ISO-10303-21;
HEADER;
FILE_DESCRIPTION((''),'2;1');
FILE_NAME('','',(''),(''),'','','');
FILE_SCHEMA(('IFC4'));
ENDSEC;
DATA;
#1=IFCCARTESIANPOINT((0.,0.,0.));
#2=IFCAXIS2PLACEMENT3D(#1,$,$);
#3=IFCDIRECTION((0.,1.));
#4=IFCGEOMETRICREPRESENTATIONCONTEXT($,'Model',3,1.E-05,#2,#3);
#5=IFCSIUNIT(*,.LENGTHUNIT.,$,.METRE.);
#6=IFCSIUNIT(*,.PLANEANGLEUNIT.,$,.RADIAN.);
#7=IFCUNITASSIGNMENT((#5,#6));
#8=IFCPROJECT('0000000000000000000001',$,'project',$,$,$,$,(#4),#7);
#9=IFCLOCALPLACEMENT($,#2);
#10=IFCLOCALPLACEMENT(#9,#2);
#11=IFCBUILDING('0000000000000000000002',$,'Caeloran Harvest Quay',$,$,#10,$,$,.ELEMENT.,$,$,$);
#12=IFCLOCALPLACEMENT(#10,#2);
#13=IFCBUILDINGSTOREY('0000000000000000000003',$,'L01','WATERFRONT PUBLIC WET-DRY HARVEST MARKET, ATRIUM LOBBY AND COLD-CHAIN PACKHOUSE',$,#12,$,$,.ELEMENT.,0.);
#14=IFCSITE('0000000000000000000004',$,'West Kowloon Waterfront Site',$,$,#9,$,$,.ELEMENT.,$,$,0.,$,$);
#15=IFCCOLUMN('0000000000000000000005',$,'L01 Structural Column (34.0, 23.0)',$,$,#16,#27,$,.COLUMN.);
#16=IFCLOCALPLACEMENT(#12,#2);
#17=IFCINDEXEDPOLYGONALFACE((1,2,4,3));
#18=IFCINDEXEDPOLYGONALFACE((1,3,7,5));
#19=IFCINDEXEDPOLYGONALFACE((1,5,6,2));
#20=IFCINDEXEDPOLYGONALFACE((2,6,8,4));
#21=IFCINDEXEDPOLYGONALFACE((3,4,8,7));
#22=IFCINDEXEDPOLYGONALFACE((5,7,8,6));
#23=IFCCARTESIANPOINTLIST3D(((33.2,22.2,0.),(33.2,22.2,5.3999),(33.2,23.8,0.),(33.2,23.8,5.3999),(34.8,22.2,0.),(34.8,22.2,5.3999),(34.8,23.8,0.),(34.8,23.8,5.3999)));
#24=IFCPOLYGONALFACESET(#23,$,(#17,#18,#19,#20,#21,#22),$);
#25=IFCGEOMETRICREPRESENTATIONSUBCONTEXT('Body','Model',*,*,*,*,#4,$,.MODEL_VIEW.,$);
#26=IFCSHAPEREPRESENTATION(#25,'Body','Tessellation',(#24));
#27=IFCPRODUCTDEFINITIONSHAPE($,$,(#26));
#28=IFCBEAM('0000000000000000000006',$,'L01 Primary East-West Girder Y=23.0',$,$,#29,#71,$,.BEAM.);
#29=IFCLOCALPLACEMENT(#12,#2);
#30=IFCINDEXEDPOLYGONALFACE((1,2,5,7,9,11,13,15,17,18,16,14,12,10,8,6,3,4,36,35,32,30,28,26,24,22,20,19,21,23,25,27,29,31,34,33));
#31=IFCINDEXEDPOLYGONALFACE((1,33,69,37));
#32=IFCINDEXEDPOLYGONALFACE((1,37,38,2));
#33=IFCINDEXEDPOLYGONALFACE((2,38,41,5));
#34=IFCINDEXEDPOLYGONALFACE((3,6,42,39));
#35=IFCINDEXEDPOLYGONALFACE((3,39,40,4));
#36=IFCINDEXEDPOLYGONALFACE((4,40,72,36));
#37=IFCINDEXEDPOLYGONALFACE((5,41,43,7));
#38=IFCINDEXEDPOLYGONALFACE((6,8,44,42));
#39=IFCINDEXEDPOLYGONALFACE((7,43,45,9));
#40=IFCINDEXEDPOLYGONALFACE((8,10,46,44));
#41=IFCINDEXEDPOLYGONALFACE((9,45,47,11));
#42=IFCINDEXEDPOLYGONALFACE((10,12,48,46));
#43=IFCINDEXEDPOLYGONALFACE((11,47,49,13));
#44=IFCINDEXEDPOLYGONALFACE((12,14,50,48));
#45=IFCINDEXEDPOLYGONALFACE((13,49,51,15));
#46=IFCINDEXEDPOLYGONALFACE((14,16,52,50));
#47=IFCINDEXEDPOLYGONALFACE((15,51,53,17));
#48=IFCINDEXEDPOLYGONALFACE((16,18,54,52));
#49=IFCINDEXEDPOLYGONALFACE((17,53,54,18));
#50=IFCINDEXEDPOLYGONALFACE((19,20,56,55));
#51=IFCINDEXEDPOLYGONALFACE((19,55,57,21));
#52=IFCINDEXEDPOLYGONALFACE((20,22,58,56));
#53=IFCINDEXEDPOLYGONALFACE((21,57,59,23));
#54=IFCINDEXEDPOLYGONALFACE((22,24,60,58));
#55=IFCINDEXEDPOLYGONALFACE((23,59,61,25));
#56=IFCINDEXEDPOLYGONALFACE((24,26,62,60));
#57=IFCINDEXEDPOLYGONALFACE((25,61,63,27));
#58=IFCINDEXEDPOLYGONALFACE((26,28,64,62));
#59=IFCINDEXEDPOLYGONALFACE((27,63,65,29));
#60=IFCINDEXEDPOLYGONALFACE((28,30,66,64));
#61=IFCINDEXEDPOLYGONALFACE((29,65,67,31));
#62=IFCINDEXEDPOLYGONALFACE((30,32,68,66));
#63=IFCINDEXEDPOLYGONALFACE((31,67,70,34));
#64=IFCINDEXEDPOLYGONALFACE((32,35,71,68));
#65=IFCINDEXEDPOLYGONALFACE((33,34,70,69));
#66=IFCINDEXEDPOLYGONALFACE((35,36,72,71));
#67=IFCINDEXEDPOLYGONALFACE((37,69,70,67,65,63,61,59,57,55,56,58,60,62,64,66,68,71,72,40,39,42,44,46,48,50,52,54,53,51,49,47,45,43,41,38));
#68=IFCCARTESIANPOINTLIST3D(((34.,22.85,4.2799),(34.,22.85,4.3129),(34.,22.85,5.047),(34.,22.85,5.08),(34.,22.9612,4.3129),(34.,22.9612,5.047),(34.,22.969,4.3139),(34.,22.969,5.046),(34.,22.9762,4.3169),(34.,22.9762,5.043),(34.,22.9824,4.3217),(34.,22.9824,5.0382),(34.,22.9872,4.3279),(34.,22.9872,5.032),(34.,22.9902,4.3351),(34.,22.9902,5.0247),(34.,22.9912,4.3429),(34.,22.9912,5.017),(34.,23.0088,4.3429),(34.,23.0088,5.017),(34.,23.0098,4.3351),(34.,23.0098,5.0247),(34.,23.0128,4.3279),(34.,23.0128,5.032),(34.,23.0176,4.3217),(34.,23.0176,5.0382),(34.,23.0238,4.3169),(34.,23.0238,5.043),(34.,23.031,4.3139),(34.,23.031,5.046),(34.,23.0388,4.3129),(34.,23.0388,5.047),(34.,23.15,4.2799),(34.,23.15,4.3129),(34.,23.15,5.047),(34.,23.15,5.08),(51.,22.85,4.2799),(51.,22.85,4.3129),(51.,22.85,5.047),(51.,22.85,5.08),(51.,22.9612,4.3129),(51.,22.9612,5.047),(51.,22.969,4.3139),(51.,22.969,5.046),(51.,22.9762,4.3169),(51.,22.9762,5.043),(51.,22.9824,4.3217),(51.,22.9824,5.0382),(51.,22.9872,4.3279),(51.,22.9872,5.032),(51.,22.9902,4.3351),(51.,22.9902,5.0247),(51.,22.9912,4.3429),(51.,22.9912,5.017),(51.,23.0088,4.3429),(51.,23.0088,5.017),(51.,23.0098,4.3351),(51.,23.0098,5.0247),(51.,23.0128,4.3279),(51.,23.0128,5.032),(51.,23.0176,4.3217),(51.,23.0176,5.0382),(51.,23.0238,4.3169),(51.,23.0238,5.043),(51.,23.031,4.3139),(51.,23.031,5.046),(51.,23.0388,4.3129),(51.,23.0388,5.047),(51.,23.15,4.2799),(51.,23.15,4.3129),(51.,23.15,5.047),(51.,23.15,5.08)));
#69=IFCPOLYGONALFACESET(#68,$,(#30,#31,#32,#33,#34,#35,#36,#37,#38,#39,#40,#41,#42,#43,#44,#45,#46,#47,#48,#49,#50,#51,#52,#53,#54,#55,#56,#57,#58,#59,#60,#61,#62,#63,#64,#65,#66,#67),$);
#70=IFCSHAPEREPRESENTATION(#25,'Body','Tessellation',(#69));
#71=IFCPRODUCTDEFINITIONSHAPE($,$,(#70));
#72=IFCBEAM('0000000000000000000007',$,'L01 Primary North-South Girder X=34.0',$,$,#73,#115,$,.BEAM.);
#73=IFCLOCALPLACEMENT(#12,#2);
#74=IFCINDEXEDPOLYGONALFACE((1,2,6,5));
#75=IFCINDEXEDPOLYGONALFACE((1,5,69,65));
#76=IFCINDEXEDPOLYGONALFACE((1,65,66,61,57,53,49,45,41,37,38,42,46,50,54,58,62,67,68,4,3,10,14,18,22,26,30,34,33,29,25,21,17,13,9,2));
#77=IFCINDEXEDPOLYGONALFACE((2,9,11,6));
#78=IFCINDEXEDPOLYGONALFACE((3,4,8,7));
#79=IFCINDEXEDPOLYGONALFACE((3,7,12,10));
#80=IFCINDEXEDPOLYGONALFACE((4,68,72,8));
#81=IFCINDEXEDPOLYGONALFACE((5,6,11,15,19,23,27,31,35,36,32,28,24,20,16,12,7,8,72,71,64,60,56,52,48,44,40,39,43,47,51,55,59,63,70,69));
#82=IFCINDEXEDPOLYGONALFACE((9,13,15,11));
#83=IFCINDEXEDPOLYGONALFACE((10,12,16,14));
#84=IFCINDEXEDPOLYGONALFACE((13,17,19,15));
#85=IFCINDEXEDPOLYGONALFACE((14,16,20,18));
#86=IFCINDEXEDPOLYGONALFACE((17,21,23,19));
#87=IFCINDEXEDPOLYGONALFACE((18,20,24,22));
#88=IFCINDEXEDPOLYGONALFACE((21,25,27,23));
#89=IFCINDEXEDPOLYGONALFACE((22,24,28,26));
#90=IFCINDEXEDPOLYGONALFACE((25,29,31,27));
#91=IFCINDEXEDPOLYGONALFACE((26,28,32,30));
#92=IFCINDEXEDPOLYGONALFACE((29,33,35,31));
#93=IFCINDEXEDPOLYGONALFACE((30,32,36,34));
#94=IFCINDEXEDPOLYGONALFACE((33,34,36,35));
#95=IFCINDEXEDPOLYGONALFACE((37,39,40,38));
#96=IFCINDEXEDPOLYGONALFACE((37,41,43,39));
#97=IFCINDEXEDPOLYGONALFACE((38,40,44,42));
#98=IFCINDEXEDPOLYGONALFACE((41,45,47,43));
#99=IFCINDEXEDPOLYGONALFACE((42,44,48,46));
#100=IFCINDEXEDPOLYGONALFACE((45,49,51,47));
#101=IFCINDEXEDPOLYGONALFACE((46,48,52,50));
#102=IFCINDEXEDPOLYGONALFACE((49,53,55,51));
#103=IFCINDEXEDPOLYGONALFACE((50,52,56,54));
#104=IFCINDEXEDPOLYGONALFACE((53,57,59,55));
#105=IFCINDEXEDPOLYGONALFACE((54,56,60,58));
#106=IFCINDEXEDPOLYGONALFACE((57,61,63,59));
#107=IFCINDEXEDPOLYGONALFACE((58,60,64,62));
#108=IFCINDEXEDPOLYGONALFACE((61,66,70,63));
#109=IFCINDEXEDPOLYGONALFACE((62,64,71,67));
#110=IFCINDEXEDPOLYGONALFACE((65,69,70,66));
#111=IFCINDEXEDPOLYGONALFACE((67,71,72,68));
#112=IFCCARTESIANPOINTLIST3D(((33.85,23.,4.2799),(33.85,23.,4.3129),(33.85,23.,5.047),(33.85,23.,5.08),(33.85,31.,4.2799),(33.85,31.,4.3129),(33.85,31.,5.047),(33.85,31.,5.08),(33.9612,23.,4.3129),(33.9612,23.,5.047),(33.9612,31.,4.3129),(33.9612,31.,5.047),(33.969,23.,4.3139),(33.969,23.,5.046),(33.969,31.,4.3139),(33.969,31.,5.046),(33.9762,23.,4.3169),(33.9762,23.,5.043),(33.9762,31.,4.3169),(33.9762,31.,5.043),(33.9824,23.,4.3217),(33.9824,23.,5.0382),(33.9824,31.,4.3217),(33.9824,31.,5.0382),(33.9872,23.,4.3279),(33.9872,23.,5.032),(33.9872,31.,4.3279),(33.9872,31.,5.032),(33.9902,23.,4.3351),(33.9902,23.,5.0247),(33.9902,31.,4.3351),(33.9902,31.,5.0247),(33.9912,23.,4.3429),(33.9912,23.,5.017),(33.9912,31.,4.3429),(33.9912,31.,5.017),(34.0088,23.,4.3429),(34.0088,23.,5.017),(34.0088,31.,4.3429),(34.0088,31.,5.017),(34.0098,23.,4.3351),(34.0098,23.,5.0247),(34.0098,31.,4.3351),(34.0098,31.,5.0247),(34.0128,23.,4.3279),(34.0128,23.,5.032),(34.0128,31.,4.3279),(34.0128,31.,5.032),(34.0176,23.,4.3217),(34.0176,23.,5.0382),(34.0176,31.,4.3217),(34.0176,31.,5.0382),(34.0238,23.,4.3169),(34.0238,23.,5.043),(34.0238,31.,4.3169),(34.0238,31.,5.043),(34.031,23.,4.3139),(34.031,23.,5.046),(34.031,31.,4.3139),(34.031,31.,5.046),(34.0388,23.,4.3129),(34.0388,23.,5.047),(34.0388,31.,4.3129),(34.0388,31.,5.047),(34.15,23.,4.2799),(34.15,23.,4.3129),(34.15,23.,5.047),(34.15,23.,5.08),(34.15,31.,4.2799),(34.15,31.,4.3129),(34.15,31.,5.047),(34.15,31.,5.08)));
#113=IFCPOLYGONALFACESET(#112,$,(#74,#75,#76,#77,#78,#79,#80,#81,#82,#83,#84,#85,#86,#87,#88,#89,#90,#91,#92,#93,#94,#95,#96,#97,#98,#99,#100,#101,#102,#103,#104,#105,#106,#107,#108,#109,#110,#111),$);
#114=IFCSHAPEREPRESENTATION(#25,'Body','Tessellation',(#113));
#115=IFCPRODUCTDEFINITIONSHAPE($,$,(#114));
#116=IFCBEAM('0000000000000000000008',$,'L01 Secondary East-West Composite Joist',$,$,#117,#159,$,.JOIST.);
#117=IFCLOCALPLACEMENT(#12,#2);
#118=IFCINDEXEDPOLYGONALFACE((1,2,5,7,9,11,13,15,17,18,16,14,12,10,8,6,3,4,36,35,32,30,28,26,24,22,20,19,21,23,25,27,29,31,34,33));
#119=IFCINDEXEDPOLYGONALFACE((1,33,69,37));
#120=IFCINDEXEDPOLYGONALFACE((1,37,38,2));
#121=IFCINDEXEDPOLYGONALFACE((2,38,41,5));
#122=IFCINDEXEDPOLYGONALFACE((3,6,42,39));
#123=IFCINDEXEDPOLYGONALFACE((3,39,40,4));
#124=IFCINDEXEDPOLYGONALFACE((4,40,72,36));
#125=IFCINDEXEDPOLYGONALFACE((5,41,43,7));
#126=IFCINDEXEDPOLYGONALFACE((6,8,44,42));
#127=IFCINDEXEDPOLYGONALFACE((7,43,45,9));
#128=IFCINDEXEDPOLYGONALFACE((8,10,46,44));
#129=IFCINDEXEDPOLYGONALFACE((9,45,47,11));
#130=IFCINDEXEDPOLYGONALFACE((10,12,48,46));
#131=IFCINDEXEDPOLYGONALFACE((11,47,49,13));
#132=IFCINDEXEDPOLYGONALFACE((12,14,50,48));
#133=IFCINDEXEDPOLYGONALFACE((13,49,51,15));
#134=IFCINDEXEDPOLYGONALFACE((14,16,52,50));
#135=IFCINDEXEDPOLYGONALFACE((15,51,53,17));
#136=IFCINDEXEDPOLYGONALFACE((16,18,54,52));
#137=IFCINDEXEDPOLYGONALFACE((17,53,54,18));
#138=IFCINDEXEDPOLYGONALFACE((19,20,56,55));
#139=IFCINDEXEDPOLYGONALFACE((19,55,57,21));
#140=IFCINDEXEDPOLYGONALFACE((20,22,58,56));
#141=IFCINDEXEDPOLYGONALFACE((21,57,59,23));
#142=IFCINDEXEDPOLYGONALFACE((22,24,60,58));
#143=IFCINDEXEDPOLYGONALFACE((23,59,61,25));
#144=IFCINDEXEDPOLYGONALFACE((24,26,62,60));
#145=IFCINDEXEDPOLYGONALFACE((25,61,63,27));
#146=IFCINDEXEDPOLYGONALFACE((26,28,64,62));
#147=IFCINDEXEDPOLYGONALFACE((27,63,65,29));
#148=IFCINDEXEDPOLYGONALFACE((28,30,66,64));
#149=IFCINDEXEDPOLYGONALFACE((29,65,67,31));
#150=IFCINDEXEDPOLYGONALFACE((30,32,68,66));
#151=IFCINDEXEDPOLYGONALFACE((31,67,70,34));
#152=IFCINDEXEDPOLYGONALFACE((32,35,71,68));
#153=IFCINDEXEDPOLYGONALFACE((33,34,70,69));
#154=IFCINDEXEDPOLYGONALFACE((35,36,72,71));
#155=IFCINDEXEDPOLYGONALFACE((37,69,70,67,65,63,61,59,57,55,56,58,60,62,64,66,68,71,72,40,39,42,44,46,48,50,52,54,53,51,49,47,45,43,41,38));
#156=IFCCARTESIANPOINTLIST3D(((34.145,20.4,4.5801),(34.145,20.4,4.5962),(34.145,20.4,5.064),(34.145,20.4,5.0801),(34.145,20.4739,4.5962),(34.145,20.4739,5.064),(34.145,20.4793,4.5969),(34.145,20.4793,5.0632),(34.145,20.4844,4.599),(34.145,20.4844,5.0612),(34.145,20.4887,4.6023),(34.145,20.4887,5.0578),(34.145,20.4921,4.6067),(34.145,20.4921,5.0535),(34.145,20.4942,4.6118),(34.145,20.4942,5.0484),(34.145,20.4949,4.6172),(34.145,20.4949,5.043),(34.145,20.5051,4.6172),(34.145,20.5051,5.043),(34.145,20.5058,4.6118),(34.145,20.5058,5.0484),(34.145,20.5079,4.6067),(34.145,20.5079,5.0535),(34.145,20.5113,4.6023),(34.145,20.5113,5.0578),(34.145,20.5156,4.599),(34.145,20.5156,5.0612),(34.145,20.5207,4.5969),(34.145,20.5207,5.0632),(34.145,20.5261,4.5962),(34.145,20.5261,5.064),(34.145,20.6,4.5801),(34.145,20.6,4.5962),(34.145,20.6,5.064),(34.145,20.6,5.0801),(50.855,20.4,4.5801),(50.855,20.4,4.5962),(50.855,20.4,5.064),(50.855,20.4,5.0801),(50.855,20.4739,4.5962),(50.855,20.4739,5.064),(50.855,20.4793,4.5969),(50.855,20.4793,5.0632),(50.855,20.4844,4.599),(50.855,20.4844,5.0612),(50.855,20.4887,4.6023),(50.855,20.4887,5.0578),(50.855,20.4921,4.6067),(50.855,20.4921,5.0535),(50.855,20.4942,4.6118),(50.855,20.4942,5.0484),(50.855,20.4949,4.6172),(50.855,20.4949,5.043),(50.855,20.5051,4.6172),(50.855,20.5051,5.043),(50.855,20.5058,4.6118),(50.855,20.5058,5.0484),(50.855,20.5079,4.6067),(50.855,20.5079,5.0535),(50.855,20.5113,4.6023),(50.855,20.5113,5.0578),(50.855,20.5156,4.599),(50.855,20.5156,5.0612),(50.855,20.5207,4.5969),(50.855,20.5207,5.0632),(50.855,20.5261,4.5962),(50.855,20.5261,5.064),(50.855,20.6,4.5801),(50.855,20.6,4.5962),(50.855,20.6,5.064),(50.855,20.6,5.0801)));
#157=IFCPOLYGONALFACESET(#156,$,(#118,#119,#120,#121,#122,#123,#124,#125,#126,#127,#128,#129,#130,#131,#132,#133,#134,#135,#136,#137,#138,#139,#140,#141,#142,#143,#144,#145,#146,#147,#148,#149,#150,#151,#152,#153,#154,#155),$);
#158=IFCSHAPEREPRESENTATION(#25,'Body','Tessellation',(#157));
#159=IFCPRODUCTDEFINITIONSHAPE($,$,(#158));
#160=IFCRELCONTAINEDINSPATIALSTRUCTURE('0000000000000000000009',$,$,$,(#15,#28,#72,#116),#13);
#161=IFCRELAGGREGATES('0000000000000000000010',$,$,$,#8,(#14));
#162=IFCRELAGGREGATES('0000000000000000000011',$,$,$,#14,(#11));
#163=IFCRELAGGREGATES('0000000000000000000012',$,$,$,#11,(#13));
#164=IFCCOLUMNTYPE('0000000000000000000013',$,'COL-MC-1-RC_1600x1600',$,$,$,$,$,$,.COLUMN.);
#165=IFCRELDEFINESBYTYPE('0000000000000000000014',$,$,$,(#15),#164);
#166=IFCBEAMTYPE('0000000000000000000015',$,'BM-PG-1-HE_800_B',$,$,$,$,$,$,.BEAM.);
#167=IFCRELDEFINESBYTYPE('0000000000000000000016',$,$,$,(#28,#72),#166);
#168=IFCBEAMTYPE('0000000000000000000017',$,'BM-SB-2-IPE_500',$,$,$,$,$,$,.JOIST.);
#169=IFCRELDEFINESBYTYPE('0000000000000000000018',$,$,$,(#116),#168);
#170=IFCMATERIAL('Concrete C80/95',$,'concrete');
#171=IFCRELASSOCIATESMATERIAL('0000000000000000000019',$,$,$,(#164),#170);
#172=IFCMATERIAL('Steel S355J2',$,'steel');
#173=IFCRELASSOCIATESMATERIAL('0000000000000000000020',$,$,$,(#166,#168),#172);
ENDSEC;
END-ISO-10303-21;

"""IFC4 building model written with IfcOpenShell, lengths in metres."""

from ifc_helpers import new_model, si_unit, direction, frame, origin, origin_2d, place, context, subcontext, project, spatial, rectangle, i_section, extrude, material, material_profile, profile_set, type_object, element, save


model = new_model("IFC4")

# Units and contexts
model_context = context("Model", 3, precision=1e-05, world=origin(), true_north=direction((0.0, 1.0)))
body_context = subcontext(model_context, "Body", "Model", "MODEL_VIEW")
ifc_project = project(units=[si_unit("LENGTHUNIT", "METRE"), si_unit("PLANEANGLEUNIT", "RADIAN")], contexts=[model_context])

# Site, building, storey
site_placement = place(None, origin())
site = spatial("IfcSite", under=ifc_project, at=site_placement, Name="West Kowloon Waterfront Site", CompositionType="ELEMENT", RefElevation=0.0)
building_placement = place(site_placement, origin())
building = spatial("IfcBuilding", under=site, at=building_placement, Name="Caeloran Harvest Quay", CompositionType="ELEMENT")
storey_placement = place(building_placement, origin())
storey = spatial("IfcBuildingStorey", under=building, at=storey_placement, Name="L01", Description="WATERFRONT PUBLIC WET-DRY HARVEST MARKET, ATRIUM LOBBY AND COLD-CHAIN PACKHOUSE", CompositionType="ELEMENT", Elevation=0.0)

# Column
ifc_material_1 = material(Name="Concrete C80/95", Category="concrete")
ifc_material_profile_1 = material_profile(ifc_material_1, rectangle(XDim=1.6001, YDim=1.6001, at=origin_2d()), Name="RC 1600x1600")
ifc_profile_set_1 = profile_set([ifc_material_profile_1], Name="Concrete C80/95")
column_type = type_object("IfcColumnType", Name="COL-MC-1-RC_1600x1600", PredefinedType="COLUMN", material=ifc_profile_set_1)
column_placement = place(storey_placement, frame((34.0, 23.0, 0.0), z_axis=(0.0, 0.0, 1.0), x_axis=(1.0, 0.0, 0.0)))
element("IfcColumn", 1, at=column_placement, inside=storey, type_object=column_type, Name="L01 Structural Column (34.0, 23.0)", PredefinedType="COLUMN", context=body_context, shape_type="SweptSolid", body=[
    extrude(rectangle(XDim=1.6001, YDim=1.6001, at=origin_2d()), origin(), (0.0, 0.0, 1.0), 5.3999),
])

# Beams
ifc_material_2 = material(Name="Steel S355J2", Category="steel")
ifc_material_profile_2 = material_profile(ifc_material_2, i_section(OverallWidth=0.3, OverallDepth=0.8, WebThickness=0.0176, FlangeThickness=0.033, FilletRadius=0.03, at=origin_2d()), Name="HE 800 B")
ifc_profile_set_2 = profile_set([ifc_material_profile_2], Name="Steel S355J2")
beam_type_1 = type_object("IfcBeamType", Name="BM-PG-1-HE_800_B", PredefinedType="BEAM", material=ifc_profile_set_2)
beam_1_placement = place(storey_placement, frame((34.0, 23.0, 4.6799), z_axis=(1.0, 0.0, 0.0), x_axis=(0.0, 1.0, 0.0)))
element("IfcBeam", 2, at=beam_1_placement, inside=storey, type_object=beam_type_1, Name="L01 Primary East-West Girder Y=23.0", PredefinedType="BEAM", context=body_context, shape_type="SweptSolid", body=[
    extrude(i_section(OverallWidth=0.3, OverallDepth=0.8, WebThickness=0.0176, FlangeThickness=0.033, FilletRadius=0.03, at=origin_2d()), origin(), (0.0, 0.0, 1.0), 17.0),
])
beam_2_placement = place(storey_placement, frame((34.0, 23.0, 4.6799), z_axis=(0.0, 1.0, 0.0), x_axis=(-1.0, 0.0, 0.0)))
element("IfcBeam", 3, at=beam_2_placement, inside=storey, type_object=beam_type_1, Name="L01 Primary North-South Girder X=34.0", PredefinedType="BEAM", context=body_context, shape_type="SweptSolid", body=[
    extrude(i_section(OverallWidth=0.3, OverallDepth=0.8, WebThickness=0.0176, FlangeThickness=0.033, FilletRadius=0.03, at=origin_2d()), origin(), (0.0, 0.0, 1.0), 8.0),
])
ifc_material_profile_3 = material_profile(ifc_material_2, i_section(OverallWidth=0.2, OverallDepth=0.5, WebThickness=0.0103, FlangeThickness=0.0161, FilletRadius=0.021, at=origin_2d()), Name="IPE 500")
ifc_profile_set_3 = profile_set([ifc_material_profile_3], Name="Steel S355J2")
beam_type_2 = type_object("IfcBeamType", Name="BM-SB-2-IPE_500", PredefinedType="JOIST", material=ifc_profile_set_3)
for number, where, z_axis, x_axis, name in (
    (4, (34.145, 20.5, 4.8301), (1.0, 0.0, 0.0), (0.0, 1.0, 0.0), "L01 Secondary East-West Composite Joist"),
):
    element("IfcBeam", number, at=place(storey_placement, frame(where, z_axis=z_axis, x_axis=x_axis)), inside=storey, type_object=beam_type_2, Name=name, PredefinedType="JOIST", context=body_context, shape_type="SweptSolid", body=[
        extrude(i_section(OverallWidth=0.2, OverallDepth=0.5, WebThickness=0.0103, FlangeThickness=0.0161, FilletRadius=0.021, at=origin_2d()), origin(), (0.0, 0.0, 1.0), 16.71),
    ])

save(model, "model.ifc")
